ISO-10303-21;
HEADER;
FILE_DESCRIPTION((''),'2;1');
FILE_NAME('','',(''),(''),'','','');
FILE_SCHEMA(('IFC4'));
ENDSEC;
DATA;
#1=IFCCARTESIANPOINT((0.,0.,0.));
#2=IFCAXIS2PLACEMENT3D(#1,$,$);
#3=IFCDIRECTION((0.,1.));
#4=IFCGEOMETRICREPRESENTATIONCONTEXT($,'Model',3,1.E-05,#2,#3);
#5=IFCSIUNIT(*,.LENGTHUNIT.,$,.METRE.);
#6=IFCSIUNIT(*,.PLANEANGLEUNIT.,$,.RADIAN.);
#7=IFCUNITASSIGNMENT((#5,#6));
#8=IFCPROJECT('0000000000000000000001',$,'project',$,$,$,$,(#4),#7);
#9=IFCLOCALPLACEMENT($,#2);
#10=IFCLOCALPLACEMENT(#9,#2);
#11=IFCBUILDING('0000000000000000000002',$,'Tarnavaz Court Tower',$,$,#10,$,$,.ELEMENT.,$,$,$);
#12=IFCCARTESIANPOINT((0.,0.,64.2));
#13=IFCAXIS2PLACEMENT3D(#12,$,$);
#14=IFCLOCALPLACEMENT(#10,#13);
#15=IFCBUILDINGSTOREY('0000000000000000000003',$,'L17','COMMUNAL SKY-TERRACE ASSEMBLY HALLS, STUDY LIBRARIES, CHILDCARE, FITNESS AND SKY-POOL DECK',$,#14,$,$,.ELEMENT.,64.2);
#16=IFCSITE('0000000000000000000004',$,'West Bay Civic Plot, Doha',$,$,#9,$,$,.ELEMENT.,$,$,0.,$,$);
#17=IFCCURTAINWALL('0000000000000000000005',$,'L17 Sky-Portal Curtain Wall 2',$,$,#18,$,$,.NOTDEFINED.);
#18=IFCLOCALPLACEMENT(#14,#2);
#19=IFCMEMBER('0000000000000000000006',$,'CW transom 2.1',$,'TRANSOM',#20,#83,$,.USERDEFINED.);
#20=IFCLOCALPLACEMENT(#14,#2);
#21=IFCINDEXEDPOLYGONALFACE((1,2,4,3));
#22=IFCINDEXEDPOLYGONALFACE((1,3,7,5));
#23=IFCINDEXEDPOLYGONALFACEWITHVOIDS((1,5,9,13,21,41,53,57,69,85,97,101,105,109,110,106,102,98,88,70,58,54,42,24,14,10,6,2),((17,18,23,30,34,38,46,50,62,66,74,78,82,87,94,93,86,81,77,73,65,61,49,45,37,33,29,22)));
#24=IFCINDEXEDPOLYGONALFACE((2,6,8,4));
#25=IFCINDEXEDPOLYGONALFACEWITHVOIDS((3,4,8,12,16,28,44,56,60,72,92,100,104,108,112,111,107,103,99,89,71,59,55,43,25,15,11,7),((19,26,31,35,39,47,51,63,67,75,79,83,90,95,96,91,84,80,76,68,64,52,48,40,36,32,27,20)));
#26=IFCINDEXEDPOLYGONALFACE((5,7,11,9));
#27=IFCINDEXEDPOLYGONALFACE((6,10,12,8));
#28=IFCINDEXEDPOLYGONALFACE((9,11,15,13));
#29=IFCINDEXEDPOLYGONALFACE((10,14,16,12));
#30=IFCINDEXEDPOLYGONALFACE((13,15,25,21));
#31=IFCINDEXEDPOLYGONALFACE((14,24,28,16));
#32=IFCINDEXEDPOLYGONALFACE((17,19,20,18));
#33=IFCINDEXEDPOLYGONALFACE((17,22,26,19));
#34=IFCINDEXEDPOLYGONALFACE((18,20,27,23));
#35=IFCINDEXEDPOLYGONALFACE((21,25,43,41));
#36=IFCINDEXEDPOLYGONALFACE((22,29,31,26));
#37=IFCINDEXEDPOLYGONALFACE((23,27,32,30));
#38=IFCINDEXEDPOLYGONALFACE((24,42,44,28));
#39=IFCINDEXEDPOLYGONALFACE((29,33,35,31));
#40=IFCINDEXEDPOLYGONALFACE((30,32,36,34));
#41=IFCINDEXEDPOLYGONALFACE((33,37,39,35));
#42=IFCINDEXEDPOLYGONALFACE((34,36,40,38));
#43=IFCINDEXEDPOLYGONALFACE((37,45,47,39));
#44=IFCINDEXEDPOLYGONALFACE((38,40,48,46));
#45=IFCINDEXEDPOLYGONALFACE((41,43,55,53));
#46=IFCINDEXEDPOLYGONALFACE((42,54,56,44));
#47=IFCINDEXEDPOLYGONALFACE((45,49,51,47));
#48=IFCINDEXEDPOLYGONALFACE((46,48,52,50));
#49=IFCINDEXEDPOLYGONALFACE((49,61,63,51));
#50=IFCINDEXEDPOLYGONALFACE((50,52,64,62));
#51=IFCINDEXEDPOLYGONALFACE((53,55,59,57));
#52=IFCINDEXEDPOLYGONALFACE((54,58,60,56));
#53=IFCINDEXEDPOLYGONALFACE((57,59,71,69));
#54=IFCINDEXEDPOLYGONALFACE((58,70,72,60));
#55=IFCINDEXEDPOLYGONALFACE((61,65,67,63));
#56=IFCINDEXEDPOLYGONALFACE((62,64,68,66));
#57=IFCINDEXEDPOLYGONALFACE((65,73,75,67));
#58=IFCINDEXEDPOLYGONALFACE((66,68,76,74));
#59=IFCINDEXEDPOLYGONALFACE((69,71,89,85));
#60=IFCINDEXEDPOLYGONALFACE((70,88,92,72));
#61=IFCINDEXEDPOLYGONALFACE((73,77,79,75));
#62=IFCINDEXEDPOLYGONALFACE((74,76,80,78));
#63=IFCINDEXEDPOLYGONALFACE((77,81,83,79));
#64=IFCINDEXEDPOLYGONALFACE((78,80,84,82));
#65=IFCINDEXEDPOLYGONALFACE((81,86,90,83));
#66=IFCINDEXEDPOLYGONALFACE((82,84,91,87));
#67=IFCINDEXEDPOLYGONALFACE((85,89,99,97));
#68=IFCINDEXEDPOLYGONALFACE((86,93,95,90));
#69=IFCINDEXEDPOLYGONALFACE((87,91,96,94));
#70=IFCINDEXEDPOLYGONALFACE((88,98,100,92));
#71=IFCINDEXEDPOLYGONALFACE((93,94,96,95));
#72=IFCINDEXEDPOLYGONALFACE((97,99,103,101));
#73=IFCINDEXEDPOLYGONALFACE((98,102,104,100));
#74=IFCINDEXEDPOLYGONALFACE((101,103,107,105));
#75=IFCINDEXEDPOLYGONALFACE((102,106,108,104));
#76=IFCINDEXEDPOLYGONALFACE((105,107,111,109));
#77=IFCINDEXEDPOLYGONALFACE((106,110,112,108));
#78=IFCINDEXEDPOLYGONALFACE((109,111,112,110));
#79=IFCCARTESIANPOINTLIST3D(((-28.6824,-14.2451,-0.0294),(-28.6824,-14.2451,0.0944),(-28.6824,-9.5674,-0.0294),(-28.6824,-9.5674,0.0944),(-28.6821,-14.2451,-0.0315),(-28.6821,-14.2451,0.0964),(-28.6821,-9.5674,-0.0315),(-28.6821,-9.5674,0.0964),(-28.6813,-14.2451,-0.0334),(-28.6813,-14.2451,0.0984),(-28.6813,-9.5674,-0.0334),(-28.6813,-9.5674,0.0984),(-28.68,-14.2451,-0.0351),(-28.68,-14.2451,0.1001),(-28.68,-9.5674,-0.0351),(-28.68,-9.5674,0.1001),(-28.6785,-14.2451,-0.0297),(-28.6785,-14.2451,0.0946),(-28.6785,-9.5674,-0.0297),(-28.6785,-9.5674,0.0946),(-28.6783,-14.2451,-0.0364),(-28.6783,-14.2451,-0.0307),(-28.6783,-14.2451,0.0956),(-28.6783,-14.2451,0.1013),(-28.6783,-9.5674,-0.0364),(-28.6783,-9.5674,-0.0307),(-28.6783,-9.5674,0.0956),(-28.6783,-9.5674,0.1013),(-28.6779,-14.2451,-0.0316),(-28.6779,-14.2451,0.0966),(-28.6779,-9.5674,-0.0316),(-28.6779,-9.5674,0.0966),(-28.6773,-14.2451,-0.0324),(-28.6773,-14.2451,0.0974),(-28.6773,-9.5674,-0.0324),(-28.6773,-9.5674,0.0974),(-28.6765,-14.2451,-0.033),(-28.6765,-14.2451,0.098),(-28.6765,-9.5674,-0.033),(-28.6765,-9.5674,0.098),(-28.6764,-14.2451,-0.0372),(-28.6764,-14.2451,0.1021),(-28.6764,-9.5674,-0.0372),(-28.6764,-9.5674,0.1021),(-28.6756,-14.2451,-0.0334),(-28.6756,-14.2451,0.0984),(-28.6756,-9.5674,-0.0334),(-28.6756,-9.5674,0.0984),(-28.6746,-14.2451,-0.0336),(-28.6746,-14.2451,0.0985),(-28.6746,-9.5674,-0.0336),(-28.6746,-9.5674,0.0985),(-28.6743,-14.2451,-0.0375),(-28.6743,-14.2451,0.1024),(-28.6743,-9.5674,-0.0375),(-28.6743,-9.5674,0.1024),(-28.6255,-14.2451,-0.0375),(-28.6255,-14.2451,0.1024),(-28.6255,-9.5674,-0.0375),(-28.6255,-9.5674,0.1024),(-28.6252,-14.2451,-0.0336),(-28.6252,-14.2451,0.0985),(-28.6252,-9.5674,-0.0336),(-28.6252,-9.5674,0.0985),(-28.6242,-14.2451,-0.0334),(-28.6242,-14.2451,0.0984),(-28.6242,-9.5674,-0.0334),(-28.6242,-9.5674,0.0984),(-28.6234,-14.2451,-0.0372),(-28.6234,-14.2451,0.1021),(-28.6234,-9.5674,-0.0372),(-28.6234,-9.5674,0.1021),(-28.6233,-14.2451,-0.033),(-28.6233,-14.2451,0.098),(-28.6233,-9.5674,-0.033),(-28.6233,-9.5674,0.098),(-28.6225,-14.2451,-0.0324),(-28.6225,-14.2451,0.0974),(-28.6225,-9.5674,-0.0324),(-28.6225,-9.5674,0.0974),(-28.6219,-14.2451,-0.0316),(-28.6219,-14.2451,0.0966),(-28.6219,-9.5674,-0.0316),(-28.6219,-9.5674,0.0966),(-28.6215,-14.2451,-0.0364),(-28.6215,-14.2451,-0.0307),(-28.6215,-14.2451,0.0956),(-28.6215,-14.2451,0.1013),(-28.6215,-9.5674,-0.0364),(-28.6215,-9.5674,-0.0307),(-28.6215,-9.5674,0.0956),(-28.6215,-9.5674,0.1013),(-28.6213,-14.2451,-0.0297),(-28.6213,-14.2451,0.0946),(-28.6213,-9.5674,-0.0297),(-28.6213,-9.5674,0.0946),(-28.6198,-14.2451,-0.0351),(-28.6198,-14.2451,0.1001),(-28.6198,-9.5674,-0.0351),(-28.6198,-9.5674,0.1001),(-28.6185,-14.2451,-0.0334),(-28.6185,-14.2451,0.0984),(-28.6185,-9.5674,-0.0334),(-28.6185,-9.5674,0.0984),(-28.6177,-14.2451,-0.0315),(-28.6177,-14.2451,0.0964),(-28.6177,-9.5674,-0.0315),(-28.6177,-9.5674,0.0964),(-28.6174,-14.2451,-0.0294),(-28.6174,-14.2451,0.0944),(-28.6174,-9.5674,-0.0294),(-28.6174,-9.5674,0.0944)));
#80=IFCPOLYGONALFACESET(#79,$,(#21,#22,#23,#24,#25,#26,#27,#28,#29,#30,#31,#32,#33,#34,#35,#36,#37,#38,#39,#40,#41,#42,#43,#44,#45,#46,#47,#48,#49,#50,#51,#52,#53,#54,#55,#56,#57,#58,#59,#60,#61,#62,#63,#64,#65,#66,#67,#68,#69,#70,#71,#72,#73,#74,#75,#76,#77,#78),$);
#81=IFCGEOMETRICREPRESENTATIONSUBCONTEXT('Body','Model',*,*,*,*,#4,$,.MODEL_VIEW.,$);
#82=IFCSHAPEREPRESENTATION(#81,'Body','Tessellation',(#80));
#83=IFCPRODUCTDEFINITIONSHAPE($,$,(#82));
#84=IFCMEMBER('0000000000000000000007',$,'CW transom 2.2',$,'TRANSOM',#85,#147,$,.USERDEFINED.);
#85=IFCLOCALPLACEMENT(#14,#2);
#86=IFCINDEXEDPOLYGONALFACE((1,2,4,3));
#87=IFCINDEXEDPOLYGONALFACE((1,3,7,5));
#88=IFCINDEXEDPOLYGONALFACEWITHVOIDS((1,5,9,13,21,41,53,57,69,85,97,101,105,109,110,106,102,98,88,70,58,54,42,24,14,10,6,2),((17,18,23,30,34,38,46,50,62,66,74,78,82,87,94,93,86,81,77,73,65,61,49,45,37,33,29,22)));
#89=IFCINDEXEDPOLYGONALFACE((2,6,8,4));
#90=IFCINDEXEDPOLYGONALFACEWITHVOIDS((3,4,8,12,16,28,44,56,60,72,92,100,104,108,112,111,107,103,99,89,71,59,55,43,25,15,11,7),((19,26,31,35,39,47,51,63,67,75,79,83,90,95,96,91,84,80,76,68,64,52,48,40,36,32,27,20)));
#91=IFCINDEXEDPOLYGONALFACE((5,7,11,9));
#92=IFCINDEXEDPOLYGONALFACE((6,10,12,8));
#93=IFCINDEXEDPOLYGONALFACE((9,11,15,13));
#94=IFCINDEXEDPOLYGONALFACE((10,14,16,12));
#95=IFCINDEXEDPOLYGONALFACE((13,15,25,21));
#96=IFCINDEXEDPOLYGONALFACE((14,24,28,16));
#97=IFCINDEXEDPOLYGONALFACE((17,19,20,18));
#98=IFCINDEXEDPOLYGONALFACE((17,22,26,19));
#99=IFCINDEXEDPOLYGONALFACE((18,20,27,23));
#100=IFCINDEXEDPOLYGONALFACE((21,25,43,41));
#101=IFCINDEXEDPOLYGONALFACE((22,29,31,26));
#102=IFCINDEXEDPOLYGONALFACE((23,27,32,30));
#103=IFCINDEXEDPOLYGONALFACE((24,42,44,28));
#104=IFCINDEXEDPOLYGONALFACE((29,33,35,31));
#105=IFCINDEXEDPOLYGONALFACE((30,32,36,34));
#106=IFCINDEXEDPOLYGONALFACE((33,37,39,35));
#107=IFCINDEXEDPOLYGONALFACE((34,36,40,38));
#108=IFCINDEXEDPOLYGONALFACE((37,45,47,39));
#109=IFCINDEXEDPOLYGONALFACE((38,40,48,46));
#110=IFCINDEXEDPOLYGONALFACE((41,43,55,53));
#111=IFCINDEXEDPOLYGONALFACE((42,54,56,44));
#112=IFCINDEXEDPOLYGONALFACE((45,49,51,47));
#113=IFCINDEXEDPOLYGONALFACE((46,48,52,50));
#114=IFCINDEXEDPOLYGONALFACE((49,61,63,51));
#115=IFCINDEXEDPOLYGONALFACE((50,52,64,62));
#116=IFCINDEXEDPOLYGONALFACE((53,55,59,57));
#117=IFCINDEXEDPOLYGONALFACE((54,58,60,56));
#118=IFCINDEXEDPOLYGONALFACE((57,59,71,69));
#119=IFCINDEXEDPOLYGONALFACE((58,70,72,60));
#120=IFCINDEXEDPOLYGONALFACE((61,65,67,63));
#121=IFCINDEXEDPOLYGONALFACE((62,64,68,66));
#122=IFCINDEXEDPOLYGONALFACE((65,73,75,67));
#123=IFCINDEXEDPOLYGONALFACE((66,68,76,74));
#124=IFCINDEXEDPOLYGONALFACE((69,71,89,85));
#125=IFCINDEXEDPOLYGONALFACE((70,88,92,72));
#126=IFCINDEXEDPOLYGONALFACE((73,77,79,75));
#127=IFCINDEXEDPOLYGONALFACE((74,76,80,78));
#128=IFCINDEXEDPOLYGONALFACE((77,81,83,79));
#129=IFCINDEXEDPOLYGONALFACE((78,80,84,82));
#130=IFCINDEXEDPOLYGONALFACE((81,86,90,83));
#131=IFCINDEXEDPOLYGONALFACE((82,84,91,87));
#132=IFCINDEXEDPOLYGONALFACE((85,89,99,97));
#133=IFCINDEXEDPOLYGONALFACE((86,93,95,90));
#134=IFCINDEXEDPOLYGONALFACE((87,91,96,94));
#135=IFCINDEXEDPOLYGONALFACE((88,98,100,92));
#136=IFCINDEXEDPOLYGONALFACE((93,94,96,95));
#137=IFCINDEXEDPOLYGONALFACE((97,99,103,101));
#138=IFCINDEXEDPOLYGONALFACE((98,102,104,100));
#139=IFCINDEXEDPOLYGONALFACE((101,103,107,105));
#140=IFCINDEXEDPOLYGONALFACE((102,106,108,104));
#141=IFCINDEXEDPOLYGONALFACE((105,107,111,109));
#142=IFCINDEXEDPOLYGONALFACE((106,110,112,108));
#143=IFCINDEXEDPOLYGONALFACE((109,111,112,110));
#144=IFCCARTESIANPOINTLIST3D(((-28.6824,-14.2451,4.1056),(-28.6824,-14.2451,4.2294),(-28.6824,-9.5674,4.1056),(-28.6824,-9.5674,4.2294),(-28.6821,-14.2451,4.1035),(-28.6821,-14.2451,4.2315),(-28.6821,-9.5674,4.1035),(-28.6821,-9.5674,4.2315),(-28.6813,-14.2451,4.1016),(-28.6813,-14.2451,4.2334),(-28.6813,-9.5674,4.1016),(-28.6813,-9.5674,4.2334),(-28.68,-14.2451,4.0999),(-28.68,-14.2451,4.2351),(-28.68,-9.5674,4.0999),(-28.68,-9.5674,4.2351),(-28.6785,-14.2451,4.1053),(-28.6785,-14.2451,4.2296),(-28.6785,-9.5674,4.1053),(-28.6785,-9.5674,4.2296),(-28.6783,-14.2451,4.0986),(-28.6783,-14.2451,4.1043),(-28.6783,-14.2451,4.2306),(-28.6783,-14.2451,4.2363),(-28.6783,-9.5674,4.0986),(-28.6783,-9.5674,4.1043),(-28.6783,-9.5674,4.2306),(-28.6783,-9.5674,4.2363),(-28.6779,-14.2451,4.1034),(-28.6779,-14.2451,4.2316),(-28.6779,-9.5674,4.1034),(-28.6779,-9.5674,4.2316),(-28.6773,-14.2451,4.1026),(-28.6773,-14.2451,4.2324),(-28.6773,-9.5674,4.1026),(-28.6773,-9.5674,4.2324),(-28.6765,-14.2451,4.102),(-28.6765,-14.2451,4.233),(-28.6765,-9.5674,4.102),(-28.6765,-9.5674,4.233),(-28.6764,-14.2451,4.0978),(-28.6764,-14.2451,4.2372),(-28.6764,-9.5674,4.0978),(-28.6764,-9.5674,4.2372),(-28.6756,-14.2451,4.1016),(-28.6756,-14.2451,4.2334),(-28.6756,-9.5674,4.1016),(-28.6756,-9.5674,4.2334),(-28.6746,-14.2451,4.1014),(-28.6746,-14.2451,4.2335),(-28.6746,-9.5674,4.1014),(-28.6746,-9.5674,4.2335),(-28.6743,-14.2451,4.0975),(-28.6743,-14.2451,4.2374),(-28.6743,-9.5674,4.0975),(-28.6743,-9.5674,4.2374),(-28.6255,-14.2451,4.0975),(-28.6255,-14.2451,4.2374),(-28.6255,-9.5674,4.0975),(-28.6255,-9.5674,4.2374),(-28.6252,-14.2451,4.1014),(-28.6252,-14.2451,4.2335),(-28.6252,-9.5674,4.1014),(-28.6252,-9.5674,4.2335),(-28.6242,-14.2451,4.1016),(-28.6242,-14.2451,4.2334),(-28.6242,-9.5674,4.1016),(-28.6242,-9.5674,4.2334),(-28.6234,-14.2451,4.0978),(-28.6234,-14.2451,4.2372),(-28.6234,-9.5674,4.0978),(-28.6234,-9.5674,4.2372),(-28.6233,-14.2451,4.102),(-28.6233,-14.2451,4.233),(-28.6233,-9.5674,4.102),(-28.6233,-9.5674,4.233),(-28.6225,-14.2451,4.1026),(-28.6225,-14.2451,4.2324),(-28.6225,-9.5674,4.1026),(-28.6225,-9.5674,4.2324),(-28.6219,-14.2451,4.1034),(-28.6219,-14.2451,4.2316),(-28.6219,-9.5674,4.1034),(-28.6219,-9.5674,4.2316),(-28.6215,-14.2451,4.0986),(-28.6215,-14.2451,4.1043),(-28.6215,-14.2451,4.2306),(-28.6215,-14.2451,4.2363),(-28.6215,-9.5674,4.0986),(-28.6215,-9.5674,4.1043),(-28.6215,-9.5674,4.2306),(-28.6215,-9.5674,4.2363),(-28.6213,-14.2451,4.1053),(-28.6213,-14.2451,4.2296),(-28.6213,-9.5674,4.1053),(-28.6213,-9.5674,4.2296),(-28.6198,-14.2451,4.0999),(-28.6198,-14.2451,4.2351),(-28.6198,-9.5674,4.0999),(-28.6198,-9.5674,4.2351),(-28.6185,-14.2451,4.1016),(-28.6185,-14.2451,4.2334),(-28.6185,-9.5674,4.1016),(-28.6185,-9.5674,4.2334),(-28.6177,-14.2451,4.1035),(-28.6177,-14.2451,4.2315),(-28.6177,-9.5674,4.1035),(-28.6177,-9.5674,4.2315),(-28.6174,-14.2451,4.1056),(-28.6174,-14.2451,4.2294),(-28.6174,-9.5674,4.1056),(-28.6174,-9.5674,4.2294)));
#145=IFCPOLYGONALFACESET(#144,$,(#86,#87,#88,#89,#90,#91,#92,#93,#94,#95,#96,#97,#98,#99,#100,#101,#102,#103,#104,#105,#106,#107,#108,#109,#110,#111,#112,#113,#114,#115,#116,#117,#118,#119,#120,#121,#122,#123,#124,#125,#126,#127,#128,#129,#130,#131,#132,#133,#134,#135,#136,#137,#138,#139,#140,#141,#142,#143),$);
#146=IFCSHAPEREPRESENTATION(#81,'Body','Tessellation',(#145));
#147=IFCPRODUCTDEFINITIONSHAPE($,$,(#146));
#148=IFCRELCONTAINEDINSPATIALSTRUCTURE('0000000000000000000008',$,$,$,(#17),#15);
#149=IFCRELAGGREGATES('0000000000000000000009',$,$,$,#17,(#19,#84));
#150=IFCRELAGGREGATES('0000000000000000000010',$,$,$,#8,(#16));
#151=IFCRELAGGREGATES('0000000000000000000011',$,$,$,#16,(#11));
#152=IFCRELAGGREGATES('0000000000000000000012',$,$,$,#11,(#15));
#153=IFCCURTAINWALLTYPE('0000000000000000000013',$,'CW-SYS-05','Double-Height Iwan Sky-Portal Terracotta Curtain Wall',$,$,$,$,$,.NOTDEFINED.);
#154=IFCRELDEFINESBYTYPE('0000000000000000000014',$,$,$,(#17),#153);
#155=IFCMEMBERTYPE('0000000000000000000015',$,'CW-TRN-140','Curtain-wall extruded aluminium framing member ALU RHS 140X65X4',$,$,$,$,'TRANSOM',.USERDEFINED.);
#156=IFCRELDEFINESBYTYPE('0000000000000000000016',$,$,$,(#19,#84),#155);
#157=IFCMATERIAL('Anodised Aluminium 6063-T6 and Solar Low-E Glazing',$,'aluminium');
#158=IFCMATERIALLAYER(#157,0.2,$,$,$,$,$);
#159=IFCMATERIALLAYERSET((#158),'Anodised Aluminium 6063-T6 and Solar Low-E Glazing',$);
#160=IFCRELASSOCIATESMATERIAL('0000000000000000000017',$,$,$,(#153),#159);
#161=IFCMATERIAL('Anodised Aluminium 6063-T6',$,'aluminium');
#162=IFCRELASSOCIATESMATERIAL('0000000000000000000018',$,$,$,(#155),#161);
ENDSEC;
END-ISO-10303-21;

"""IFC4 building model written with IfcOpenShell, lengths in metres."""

from ifc_helpers import new_model, si_unit, direction, frame, origin, origin_2d, place, context, subcontext, project, spatial, hollow_rectangle, extrude, material, layer, layer_set, material_profile, profile_set, type_object, element, aggregate, save


model = new_model("IFC4")

# Units and contexts
model_context = context("Model", 3, precision=1e-05, world=origin(), true_north=direction((0.0, 1.0)))
body_context = subcontext(model_context, "Body", "Model", "MODEL_VIEW")
ifc_project = project(units=[si_unit("LENGTHUNIT", "METRE"), si_unit("PLANEANGLEUNIT", "RADIAN")], contexts=[model_context])

# Site, building, storey
site_placement = place(None, origin())
site = spatial("IfcSite", under=ifc_project, at=site_placement, Name="West Bay Civic Plot, Doha", CompositionType="ELEMENT", RefElevation=0.0)
building_placement = place(site_placement, origin())
building = spatial("IfcBuilding", under=site, at=building_placement, Name="Tarnavaz Court Tower", CompositionType="ELEMENT")
storey_placement = place(building_placement, frame((0.0, 0.0, 64.2)))
storey = spatial("IfcBuildingStorey", under=building, at=storey_placement, Name="L17", Description="COMMUNAL SKY-TERRACE ASSEMBLY HALLS, STUDY LIBRARIES, CHILDCARE, FITNESS AND SKY-POOL DECK", CompositionType="ELEMENT", Elevation=64.2)

# Curtain wall, members
ifc_material_1 = material(Name="Anodised Aluminium 6063-T6 and Solar Low-E Glazing", Category="aluminium")
ifc_layer_1 = layer(ifc_material_1, 0.2)
ifc_layer_set_1 = layer_set([ifc_layer_1], Name="Anodised Aluminium 6063-T6 and Solar Low-E Glazing")
curtain_wall_type = type_object("IfcCurtainWallType", Name="CW-SYS-05", Description="Double-Height Iwan Sky-Portal Terracotta Curtain Wall", PredefinedType="NOTDEFINED", material=ifc_layer_set_1)
curtain_wall_placement = place(storey_placement, origin())
curtain_wall = element("IfcCurtainWall", 1, at=curtain_wall_placement, inside=storey, type_object=curtain_wall_type, Name="L17 Sky-Portal Curtain Wall 2", PredefinedType="NOTDEFINED")
ifc_material_2 = material(Name="Anodised Aluminium 6063-T6", Category="aluminium")
ifc_material_profile_1 = material_profile(ifc_material_2, hollow_rectangle(XDim=0.0649, YDim=0.1399, WallThickness=0.0039, InnerFilletRadius=0.0039, OuterFilletRadius=0.0081, at=origin_2d()), Name="ALU RHS 140X65X4")
ifc_profile_set_1 = profile_set([ifc_material_profile_1], Name="Anodised Aluminium 6063-T6")
member_type_1 = type_object("IfcMemberType", Name="CW-TRN-140", Description="Curtain-wall extruded aluminium framing member ALU RHS 140X65X4", ElementType="TRANSOM", PredefinedType="USERDEFINED", material=ifc_profile_set_1)
member_1_placement = place(storey_placement, frame((-28.6499, -14.2451, 0.0325), z_axis=(0.0, 1.0, 0.0), x_axis=(-1.0, 0.0, 0.0)))
member_1 = element("IfcMember", 2, at=member_1_placement, type_object=member_type_1, Name="CW transom 2.1", ObjectType="TRANSOM", PredefinedType="USERDEFINED", context=body_context, shape_type="SweptSolid", body=[
    extrude(hollow_rectangle(XDim=0.0649, YDim=0.1399, WallThickness=0.0039, InnerFilletRadius=0.0039, OuterFilletRadius=0.0081, at=origin_2d()), origin(), (0.0, 0.0, 1.0), 4.6777),
])
member_2_placement = place(storey_placement, frame((-28.6499, -14.2451, 4.1675), z_axis=(0.0, 1.0, 0.0), x_axis=(-1.0, 0.0, 0.0)))
member_2 = element("IfcMember", 3, at=member_2_placement, type_object=member_type_1, Name="CW transom 2.2", ObjectType="TRANSOM", PredefinedType="USERDEFINED", context=body_context, shape_type="SweptSolid", body=[
    extrude(hollow_rectangle(XDim=0.0649, YDim=0.1399, WallThickness=0.0039, InnerFilletRadius=0.0039, OuterFilletRadius=0.0081, at=origin_2d()), origin(), (0.0, 0.0, 1.0), 4.6777),
])
aggregate(curtain_wall, [member_1, member_2])

save(model, "model.ifc")
